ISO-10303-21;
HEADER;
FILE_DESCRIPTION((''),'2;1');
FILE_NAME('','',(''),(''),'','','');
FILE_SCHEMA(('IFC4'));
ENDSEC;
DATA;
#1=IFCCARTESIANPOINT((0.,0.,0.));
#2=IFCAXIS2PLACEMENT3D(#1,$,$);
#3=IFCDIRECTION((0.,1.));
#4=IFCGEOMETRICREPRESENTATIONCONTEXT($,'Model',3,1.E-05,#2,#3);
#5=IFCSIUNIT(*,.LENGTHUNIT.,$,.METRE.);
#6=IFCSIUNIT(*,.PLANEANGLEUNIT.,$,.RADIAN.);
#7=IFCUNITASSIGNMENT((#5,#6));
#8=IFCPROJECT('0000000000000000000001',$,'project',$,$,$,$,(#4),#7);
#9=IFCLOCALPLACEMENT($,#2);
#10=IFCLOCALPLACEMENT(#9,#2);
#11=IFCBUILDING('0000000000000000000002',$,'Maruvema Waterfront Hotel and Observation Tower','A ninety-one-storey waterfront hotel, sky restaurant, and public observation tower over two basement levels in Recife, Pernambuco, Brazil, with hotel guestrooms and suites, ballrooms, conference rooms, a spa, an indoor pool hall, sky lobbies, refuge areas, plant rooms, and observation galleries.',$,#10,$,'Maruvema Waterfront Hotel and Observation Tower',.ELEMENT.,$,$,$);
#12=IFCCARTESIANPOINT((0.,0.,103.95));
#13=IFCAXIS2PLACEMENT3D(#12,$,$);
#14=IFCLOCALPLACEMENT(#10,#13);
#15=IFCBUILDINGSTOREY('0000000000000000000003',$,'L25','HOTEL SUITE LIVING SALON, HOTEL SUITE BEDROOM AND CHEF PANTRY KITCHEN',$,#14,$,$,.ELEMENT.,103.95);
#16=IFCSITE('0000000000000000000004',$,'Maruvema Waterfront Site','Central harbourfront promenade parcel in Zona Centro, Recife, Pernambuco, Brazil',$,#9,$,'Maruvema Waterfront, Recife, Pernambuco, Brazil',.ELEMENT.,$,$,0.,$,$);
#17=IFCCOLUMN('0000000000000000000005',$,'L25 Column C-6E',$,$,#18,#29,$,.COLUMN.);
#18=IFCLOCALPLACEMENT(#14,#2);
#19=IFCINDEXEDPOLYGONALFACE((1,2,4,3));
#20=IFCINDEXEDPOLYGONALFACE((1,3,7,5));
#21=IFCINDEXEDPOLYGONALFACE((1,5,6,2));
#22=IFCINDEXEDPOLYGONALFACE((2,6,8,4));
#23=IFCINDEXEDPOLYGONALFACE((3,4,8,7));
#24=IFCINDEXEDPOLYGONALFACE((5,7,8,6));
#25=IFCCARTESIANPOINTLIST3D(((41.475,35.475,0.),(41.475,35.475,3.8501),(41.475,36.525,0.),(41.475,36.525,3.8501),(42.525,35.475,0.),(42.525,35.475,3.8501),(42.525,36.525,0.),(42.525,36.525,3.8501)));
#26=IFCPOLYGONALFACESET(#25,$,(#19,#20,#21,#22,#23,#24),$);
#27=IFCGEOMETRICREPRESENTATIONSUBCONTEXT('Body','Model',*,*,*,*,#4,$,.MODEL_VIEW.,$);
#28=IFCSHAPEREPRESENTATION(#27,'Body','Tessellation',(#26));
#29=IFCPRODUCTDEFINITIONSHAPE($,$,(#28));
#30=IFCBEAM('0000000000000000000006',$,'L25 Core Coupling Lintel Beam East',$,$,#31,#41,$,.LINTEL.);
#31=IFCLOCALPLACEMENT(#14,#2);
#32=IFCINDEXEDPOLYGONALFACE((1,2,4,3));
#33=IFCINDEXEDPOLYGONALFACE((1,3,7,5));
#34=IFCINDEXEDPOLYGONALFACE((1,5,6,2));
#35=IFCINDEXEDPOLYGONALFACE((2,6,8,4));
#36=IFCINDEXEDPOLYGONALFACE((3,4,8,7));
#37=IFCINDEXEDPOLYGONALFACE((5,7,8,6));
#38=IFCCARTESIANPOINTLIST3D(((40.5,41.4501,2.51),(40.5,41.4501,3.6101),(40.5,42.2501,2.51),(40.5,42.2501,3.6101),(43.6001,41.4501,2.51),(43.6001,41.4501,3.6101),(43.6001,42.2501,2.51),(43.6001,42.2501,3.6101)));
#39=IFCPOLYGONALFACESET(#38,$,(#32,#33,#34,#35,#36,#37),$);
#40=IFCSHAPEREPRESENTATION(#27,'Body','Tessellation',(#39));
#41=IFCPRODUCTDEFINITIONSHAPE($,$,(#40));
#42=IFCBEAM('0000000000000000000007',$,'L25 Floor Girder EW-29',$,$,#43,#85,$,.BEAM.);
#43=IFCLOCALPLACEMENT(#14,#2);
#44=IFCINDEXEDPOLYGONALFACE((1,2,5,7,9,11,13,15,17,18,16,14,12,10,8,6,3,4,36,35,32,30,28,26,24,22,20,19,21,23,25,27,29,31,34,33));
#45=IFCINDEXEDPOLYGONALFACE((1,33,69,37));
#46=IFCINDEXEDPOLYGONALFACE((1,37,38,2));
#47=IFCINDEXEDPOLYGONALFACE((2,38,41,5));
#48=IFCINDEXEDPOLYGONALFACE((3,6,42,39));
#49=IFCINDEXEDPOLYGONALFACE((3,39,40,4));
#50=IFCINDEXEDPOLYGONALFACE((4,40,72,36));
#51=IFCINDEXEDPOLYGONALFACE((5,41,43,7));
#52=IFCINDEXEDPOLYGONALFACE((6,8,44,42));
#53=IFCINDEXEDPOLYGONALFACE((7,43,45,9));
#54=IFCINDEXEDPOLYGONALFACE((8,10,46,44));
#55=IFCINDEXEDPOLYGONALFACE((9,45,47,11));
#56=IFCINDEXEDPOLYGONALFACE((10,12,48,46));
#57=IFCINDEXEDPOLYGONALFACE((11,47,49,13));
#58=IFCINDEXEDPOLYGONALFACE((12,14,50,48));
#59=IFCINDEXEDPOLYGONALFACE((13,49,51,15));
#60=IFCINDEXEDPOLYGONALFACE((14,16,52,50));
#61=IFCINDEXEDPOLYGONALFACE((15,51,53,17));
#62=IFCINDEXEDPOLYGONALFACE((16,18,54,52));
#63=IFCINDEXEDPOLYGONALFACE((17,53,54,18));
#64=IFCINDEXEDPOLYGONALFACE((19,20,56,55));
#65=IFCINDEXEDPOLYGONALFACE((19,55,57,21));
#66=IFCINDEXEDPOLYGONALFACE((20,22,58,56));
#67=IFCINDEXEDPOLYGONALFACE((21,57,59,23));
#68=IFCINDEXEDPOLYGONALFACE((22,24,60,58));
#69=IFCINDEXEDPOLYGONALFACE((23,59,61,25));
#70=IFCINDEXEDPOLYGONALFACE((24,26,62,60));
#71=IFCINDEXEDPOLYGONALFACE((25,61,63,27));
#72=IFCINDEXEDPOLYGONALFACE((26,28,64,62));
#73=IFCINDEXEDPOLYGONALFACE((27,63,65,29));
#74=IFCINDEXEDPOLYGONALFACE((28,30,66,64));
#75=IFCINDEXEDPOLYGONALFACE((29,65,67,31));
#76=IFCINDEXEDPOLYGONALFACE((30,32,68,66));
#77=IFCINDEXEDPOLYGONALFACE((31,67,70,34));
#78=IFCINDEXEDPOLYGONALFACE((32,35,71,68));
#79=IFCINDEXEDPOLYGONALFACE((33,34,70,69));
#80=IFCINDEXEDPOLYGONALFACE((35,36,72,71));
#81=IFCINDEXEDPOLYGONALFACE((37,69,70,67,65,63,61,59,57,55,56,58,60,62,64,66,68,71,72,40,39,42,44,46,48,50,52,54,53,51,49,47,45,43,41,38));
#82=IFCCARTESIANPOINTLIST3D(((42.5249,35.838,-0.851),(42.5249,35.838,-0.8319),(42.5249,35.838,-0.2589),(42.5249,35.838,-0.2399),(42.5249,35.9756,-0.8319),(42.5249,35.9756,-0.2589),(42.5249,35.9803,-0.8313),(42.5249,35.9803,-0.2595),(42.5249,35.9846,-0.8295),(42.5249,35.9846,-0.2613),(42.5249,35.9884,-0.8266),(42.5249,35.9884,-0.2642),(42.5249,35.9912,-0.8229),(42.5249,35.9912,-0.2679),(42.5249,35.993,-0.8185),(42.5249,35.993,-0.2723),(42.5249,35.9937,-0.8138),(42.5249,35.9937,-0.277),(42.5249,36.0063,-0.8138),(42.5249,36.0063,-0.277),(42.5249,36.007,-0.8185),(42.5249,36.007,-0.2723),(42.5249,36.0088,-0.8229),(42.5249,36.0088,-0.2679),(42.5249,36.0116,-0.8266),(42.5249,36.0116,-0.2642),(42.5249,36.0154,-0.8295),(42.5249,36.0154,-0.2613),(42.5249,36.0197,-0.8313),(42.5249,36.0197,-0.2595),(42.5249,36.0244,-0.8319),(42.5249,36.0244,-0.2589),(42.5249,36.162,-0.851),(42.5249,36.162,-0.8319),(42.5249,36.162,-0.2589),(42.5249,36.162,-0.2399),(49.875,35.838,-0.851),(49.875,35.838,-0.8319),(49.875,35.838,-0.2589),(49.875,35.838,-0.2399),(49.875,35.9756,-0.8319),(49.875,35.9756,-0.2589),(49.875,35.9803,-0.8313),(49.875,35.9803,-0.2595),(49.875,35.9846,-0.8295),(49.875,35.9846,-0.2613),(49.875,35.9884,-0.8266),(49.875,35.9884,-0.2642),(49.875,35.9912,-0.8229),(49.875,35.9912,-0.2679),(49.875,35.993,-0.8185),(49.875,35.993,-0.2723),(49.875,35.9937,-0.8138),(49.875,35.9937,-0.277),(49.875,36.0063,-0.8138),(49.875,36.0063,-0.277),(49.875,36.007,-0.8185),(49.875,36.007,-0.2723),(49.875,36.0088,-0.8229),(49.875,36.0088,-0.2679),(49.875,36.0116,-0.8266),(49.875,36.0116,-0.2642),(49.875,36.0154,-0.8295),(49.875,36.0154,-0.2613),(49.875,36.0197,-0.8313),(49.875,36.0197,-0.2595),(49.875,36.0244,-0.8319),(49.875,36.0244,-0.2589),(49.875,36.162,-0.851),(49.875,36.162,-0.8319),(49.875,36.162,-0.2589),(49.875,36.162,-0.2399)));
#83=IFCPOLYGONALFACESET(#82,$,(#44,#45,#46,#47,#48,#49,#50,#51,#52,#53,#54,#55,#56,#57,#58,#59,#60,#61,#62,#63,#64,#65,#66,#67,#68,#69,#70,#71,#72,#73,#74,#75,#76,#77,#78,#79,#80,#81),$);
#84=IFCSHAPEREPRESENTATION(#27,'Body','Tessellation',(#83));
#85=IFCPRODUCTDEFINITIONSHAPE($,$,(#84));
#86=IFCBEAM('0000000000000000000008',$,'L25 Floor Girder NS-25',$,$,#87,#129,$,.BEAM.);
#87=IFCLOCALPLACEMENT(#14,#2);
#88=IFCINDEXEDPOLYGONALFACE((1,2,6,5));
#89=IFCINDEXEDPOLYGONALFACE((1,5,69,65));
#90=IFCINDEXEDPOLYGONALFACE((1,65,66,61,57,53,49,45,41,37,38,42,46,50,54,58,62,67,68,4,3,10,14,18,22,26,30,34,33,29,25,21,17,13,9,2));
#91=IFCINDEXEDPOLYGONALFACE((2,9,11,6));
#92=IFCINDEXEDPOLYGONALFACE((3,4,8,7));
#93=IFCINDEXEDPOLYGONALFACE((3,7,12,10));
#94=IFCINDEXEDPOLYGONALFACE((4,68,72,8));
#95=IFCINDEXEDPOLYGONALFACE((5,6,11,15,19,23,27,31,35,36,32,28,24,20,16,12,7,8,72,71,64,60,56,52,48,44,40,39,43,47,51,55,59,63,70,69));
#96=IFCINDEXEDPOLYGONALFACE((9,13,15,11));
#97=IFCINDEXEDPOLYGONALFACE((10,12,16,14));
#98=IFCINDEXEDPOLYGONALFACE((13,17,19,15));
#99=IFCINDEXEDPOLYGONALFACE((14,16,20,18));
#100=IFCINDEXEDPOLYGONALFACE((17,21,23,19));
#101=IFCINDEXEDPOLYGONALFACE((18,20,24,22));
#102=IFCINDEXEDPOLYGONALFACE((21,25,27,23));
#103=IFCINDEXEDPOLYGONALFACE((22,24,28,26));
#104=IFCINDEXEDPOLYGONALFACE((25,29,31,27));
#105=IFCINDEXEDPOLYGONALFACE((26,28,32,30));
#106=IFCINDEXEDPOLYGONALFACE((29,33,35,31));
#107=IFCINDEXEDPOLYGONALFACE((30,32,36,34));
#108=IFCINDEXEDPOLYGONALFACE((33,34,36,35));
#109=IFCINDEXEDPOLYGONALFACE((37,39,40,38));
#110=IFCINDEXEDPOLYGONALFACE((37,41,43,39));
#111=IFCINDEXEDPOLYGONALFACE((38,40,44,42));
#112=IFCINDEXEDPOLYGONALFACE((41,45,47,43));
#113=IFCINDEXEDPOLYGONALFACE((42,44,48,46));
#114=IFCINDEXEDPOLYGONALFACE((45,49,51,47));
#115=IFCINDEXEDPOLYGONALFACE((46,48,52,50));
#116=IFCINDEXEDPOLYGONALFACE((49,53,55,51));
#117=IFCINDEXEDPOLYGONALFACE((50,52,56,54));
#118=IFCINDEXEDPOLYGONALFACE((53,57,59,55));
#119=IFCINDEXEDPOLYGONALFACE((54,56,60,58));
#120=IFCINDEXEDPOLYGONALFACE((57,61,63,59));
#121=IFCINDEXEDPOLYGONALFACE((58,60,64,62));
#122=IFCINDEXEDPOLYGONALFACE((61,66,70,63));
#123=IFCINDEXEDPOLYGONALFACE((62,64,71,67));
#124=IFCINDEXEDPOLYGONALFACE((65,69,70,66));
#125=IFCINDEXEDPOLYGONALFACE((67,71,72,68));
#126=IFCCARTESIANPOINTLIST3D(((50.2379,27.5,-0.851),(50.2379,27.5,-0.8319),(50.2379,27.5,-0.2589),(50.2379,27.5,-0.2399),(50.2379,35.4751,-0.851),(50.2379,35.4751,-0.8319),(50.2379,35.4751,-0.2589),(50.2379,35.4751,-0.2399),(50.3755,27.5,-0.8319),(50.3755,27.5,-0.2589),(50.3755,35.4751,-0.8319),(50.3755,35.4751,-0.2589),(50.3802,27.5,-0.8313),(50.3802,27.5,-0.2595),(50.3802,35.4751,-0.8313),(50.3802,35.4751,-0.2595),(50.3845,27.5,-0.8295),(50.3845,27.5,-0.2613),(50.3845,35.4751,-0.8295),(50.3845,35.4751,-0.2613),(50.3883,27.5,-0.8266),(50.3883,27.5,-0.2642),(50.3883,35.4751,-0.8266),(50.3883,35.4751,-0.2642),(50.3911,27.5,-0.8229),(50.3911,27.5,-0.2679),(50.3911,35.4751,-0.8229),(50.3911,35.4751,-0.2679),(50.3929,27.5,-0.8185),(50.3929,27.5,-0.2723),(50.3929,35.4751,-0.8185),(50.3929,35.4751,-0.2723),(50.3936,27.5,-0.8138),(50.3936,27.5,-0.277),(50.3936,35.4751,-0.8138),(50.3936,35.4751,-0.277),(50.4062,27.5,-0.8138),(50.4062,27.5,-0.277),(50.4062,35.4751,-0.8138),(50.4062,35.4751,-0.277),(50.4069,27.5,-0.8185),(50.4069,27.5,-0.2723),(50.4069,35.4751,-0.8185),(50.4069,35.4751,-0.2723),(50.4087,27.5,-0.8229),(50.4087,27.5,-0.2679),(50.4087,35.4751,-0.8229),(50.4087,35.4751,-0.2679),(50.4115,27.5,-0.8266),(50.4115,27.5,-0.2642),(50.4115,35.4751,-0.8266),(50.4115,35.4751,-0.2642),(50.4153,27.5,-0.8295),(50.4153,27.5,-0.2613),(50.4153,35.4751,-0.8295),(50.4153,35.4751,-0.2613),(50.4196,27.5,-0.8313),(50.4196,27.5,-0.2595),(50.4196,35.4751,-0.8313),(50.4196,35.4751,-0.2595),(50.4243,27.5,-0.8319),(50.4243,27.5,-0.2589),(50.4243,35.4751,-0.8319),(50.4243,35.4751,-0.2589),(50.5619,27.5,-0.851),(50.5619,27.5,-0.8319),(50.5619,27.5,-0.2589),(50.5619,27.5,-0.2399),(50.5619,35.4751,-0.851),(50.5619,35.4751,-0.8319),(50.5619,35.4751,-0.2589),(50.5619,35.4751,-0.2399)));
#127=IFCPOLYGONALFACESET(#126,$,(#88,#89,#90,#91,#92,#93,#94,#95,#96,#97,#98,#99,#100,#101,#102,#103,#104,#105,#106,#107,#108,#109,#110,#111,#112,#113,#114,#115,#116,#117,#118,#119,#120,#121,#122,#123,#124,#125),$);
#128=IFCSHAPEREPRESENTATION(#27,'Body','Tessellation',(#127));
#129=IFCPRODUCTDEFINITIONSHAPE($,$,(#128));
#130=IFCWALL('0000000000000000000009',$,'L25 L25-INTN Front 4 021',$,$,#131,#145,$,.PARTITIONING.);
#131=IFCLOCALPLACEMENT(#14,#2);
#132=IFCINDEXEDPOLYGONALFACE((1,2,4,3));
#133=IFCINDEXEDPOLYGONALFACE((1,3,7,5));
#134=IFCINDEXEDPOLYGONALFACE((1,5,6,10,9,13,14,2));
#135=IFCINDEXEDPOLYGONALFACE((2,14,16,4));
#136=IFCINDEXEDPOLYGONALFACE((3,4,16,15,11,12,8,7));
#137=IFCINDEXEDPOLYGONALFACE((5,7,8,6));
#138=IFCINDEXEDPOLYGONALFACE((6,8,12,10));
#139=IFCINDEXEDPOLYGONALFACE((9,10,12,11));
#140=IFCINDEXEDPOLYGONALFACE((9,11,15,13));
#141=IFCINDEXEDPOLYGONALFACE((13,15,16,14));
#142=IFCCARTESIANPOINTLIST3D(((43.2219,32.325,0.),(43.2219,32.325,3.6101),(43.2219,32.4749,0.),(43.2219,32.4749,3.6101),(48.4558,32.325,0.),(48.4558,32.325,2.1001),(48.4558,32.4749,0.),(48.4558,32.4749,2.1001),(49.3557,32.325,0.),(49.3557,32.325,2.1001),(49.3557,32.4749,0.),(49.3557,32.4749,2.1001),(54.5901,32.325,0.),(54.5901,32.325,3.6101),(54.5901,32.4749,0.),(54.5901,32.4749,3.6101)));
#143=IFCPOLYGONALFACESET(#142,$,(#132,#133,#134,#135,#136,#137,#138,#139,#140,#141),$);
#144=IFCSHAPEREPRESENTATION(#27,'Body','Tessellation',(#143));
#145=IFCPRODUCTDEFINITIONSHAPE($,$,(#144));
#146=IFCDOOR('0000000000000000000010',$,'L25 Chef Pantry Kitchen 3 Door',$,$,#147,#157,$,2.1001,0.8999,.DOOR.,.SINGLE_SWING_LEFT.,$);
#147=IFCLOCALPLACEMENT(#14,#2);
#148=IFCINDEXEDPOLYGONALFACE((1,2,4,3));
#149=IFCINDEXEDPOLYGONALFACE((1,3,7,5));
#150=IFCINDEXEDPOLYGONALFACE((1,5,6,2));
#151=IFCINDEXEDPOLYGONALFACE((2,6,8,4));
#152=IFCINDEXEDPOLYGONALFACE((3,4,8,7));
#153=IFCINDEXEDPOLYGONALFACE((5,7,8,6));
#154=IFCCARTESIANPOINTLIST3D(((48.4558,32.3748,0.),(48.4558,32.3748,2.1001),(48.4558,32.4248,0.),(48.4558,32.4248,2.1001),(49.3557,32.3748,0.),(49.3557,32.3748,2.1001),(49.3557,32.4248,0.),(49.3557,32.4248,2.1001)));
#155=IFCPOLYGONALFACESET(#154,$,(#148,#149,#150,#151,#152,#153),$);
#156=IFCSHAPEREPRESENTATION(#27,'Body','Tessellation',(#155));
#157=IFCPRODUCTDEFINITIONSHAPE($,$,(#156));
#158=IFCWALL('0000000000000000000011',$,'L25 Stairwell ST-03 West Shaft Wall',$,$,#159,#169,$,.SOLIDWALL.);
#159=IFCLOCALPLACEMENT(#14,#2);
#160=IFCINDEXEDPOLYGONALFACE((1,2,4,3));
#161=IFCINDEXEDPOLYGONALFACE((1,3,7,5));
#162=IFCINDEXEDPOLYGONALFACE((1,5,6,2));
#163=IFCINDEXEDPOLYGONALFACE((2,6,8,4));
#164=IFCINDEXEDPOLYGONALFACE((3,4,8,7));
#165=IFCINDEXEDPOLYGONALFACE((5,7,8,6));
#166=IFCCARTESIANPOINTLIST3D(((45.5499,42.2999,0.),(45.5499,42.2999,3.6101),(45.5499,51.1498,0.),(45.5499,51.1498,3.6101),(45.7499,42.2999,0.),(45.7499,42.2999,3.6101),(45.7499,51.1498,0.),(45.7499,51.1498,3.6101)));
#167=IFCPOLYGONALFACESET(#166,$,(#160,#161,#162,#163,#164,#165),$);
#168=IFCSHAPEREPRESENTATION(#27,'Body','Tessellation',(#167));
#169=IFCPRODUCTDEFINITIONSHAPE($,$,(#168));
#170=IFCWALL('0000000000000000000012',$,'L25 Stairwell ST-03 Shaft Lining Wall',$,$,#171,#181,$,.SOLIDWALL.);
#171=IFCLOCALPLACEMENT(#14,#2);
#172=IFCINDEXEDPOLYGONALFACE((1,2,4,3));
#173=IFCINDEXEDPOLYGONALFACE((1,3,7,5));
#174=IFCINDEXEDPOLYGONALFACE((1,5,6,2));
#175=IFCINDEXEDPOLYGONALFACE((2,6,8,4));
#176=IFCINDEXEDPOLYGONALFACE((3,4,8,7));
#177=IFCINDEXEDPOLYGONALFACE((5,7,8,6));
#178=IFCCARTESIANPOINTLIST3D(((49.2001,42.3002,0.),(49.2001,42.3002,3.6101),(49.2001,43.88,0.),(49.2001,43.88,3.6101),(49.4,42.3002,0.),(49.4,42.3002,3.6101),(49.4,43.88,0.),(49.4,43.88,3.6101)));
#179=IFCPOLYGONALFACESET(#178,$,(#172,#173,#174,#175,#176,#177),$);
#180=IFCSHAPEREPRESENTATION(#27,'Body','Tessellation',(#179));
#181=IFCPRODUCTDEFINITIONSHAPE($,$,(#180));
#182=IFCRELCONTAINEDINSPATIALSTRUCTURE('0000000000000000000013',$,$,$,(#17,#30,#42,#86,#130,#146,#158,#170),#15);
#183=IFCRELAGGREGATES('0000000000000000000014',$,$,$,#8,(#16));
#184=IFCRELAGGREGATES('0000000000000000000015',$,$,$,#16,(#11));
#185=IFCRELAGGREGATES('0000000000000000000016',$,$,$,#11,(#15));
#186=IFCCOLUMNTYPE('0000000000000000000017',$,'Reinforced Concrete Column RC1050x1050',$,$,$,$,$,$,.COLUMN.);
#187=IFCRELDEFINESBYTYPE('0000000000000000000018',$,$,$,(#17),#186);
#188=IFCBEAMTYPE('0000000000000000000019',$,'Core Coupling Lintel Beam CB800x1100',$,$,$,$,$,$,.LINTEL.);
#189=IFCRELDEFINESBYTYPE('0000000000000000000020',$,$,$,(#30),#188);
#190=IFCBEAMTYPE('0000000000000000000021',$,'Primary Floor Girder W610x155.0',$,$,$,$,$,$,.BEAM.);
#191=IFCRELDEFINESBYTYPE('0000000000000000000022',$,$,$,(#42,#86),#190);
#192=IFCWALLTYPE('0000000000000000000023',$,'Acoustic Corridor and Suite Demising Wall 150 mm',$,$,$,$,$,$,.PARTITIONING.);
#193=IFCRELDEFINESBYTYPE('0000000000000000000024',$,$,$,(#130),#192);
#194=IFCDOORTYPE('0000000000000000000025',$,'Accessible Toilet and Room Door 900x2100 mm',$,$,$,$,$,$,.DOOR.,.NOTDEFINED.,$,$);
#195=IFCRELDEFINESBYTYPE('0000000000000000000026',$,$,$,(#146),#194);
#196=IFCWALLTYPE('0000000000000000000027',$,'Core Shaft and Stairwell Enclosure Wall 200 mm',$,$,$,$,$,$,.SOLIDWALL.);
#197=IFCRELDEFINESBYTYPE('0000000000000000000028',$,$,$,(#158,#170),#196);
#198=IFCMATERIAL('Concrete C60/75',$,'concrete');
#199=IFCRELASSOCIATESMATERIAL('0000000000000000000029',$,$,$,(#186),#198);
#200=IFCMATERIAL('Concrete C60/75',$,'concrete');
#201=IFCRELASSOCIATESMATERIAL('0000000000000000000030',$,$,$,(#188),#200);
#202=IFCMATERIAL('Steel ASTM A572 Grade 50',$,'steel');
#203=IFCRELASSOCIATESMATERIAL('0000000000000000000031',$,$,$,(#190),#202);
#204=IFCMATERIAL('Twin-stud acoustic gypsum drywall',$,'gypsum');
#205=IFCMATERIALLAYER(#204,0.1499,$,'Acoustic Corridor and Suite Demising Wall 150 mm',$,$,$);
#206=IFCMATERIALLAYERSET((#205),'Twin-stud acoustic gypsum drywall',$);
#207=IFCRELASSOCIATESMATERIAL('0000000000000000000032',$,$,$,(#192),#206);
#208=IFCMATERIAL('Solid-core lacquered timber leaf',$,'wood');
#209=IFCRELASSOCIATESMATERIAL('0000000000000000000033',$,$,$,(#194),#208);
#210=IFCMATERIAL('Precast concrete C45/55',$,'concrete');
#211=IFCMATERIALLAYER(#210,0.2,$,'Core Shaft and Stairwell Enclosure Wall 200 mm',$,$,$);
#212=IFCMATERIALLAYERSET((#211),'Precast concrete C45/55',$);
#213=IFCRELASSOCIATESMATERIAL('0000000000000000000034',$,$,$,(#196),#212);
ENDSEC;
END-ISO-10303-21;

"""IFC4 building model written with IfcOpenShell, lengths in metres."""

from ifc_helpers import new_model, si_unit, direction, frame, frame_2d, origin, origin_2d, place, context, subcontext, project, spatial, rectangle, i_section, extrude, material, layer, layer_set, material_profile, profile_set, type_object, element, fill, save


model = new_model("IFC4")

# Units and contexts
model_context = context("Model", 3, precision=1e-05, world=origin(), true_north=direction((0.0, 1.0)))
body_context = subcontext(model_context, "Body", "Model", "MODEL_VIEW")
ifc_project = project(units=[si_unit("LENGTHUNIT", "METRE"), si_unit("PLANEANGLEUNIT", "RADIAN")], contexts=[model_context])

# Site, building, storey
site_placement = place(None, origin())
site = spatial("IfcSite", under=ifc_project, at=site_placement, Name="Maruvema Waterfront Site", Description="Central harbourfront promenade parcel in Zona Centro, Recife, Pernambuco, Brazil", LongName="Maruvema Waterfront, Recife, Pernambuco, Brazil", CompositionType="ELEMENT", RefElevation=0.0)
building_placement = place(site_placement, origin())
building = spatial("IfcBuilding", under=site, at=building_placement, Name="Maruvema Waterfront Hotel and Observation Tower", Description="A ninety-one-storey waterfront hotel, sky restaurant, and public observation tower over two basement levels in Recife, Pernambuco, Brazil, with hotel guestrooms and suites, ballrooms, conference rooms, a spa, an indoor pool hall, sky lobbies, refuge areas, plant rooms, and observation galleries.", LongName="Maruvema Waterfront Hotel and Observation Tower", CompositionType="ELEMENT")
storey_placement = place(building_placement, frame((0.0, 0.0, 103.95)))
storey = spatial("IfcBuildingStorey", under=building, at=storey_placement, Name="L25", Description="HOTEL SUITE LIVING SALON, HOTEL SUITE BEDROOM AND CHEF PANTRY KITCHEN", CompositionType="ELEMENT", Elevation=103.95)

# Column
ifc_material_1 = material(Name="Concrete C60/75", Category="concrete")
ifc_material_profile_1 = material_profile(ifc_material_1, rectangle(XDim=1.05, YDim=1.05, at=origin_2d()), Name="RC1050x1050")
ifc_profile_set_1 = profile_set([ifc_material_profile_1], Name="Concrete C60/75")
column_type = type_object("IfcColumnType", Name="Reinforced Concrete Column RC1050x1050", PredefinedType="COLUMN", material=ifc_profile_set_1)
column_placement = place(storey_placement, frame((42.0, 36.0, 0.0), z_axis=(0.0, 0.0, 1.0), x_axis=(1.0, 0.0, 0.0)))
element("IfcColumn", 1, at=column_placement, inside=storey, type_object=column_type, Name="L25 Column C-6E", PredefinedType="COLUMN", context=body_context, shape_type="SweptSolid", body=[
    extrude(rectangle(XDim=1.05, YDim=1.05, at=origin_2d()), origin(), (0.0, 0.0, 1.0), 3.8501),
])

# Beams
ifc_material_2 = material(Name="Concrete C60/75", Category="concrete")
ifc_material_profile_2 = material_profile(ifc_material_2, rectangle(XDim=0.8, YDim=1.1001, at=origin_2d()), Name="CB800x1100")
ifc_profile_set_2 = profile_set([ifc_material_profile_2], Name="Concrete C60/75")
beam_type_1 = type_object("IfcBeamType", Name="Core Coupling Lintel Beam CB800x1100", PredefinedType="LINTEL", material=ifc_profile_set_2)
beam_1_placement = place(storey_placement, frame((40.5, 41.8501, 3.0601), z_axis=(1.0, 0.0, 0.0), x_axis=(0.0, 1.0, 0.0)))
element("IfcBeam", 2, at=beam_1_placement, inside=storey, type_object=beam_type_1, Name="L25 Core Coupling Lintel Beam East", PredefinedType="LINTEL", context=body_context, shape_type="SweptSolid", body=[
    extrude(rectangle(XDim=0.8, YDim=1.1001, at=origin_2d()), origin(), (0.0, 0.0, 1.0), 3.1001),
])
ifc_material_3 = material(Name="Steel ASTM A572 Grade 50", Category="steel")
ifc_material_profile_3 = material_profile(ifc_material_3, i_section(OverallWidth=0.324, OverallDepth=0.6111, WebThickness=0.0127, FlangeThickness=0.019, FilletRadius=0.0181, at=origin_2d()), Name="W610x155.0")
ifc_profile_set_3 = profile_set([ifc_material_profile_3], Name="Steel ASTM A572 Grade 50")
beam_type_2 = type_object("IfcBeamType", Name="Primary Floor Girder W610x155.0", PredefinedType="BEAM", material=ifc_profile_set_3)
beam_2_placement = place(storey_placement, frame((42.5249, 36.0, -0.5454), z_axis=(1.0, 0.0, 0.0), x_axis=(0.0, 1.0, 0.0)))
element("IfcBeam", 3, at=beam_2_placement, inside=storey, type_object=beam_type_2, Name="L25 Floor Girder EW-29", PredefinedType="BEAM", context=body_context, shape_type="SweptSolid", body=[
    extrude(i_section(OverallWidth=0.324, OverallDepth=0.6111, WebThickness=0.0127, FlangeThickness=0.019, FilletRadius=0.0181, at=origin_2d()), origin(), (0.0, 0.0, 1.0), 7.3501),
])
beam_3_placement = place(storey_placement, frame((50.3999, 27.5, -0.5454), z_axis=(0.0, 1.0, 0.0), x_axis=(-1.0, 0.0, 0.0)))
element("IfcBeam", 4, at=beam_3_placement, inside=storey, type_object=beam_type_2, Name="L25 Floor Girder NS-25", PredefinedType="BEAM", context=body_context, shape_type="SweptSolid", body=[
    extrude(i_section(OverallWidth=0.324, OverallDepth=0.6111, WebThickness=0.0127, FlangeThickness=0.019, FilletRadius=0.0181, at=origin_2d()), origin(), (0.0, 0.0, 1.0), 7.9751),
])

# Wall, opening, door
ifc_material_4 = material(Name="Twin-stud acoustic gypsum drywall", Category="gypsum")
ifc_layer_1 = layer(ifc_material_4, 0.1499, Name="Acoustic Corridor and Suite Demising Wall 150 mm")
ifc_layer_set_1 = layer_set([ifc_layer_1], Name="Twin-stud acoustic gypsum drywall")
wall_type_1 = type_object("IfcWallType", Name="Acoustic Corridor and Suite Demising Wall 150 mm", PredefinedType="PARTITIONING", material=ifc_layer_set_1)
wall_1_placement = place(storey_placement, frame((43.2219, 32.3999, 0.0), z_axis=(0.0, 0.0, 1.0), x_axis=(1.0, 0.0, 0.0)))
wall_1 = element("IfcWall", 5, at=wall_1_placement, inside=storey, type_object=wall_type_1, Name="L25 L25-INTN Front 4 021", PredefinedType="PARTITIONING", context=body_context, shape_type="SweptSolid", body=[
    extrude(rectangle(XDim=11.3682, YDim=0.1499, at=frame_2d((5.6841, 0.0))), origin(), (0.0, 0.0, 1.0), 3.6101),
])
opening_1_placement = place(wall_1_placement, frame((5.2339, 0.0, 0.0)))
opening_1 = element("IfcOpeningElement", 6, at=opening_1_placement, cuts=wall_1, PredefinedType="OPENING", context=body_context, shape_type="SweptSolid", body=[
    extrude(rectangle(XDim=0.8999, YDim=2.1001, at=frame_2d((0.45, 1.05))), frame((0.0, 0.085, 0.0), z_axis=(0.0, -1.0, 0.0), x_axis=(1.0, 0.0, 0.0)), (0.0, 0.0, 1.0), 0.1699),
])
ifc_material_5 = material(Name="Solid-core lacquered timber leaf", Category="wood")
door_type_1 = type_object("IfcDoorType", Name="Accessible Toilet and Room Door 900x2100 mm", OperationType="NOTDEFINED", PredefinedType="DOOR", material=ifc_material_5)
door_1_placement = place(opening_1_placement, origin())
door_1 = element("IfcDoor", 7, at=door_1_placement, inside=storey, type_object=door_type_1, Name="L25 Chef Pantry Kitchen 3 Door", OperationType="SINGLE_SWING_LEFT", OverallHeight=2.1001, OverallWidth=0.8999, PredefinedType="DOOR", context=body_context, shape_type="SweptSolid", body=[
    extrude(rectangle(XDim=0.8999, YDim=2.1001, at=frame_2d((0.45, 1.05))), frame((0.0, 0.0249, 0.0), z_axis=(0.0, -1.0, 0.0), x_axis=(1.0, 0.0, 0.0)), (0.0, 0.0, 1.0), 0.05),
])
fill(opening_1, door_1)

# Walls
ifc_material_6 = material(Name="Precast concrete C45/55", Category="concrete")
ifc_layer_2 = layer(ifc_material_6, 0.2, Name="Core Shaft and Stairwell Enclosure Wall 200 mm")
ifc_layer_set_2 = layer_set([ifc_layer_2], Name="Precast concrete C45/55")
wall_type_2 = type_object("IfcWallType", Name="Core Shaft and Stairwell Enclosure Wall 200 mm", PredefinedType="SOLIDWALL", material=ifc_layer_set_2)
wall_2_placement = place(storey_placement, frame((45.6499, 42.3, 0.0), z_axis=(0.0, 0.0, 1.0), x_axis=(0.0, 1.0, 0.0)))
element("IfcWall", 8, at=wall_2_placement, inside=storey, type_object=wall_type_2, Name="L25 Stairwell ST-03 West Shaft Wall", PredefinedType="SOLIDWALL", context=body_context, shape_type="SweptSolid", body=[
    extrude(rectangle(XDim=8.8499, YDim=0.2, at=frame_2d((4.4248, 0.0))), origin(), (0.0, 0.0, 1.0), 3.6101),
])
wall_3_placement = place(storey_placement, frame((49.3, 42.3, 0.0), z_axis=(0.0, 0.0, 1.0), x_axis=(0.0, 1.0, 0.0)))
element("IfcWall", 9, at=wall_3_placement, inside=storey, type_object=wall_type_2, Name="L25 Stairwell ST-03 Shaft Lining Wall", PredefinedType="SOLIDWALL", context=body_context, shape_type="SweptSolid", body=[
    extrude(rectangle(XDim=1.5798, YDim=0.2, at=frame_2d((0.79, 0.0))), origin(), (0.0, 0.0, 1.0), 3.6101),
])

save(model, "model.ifc")
